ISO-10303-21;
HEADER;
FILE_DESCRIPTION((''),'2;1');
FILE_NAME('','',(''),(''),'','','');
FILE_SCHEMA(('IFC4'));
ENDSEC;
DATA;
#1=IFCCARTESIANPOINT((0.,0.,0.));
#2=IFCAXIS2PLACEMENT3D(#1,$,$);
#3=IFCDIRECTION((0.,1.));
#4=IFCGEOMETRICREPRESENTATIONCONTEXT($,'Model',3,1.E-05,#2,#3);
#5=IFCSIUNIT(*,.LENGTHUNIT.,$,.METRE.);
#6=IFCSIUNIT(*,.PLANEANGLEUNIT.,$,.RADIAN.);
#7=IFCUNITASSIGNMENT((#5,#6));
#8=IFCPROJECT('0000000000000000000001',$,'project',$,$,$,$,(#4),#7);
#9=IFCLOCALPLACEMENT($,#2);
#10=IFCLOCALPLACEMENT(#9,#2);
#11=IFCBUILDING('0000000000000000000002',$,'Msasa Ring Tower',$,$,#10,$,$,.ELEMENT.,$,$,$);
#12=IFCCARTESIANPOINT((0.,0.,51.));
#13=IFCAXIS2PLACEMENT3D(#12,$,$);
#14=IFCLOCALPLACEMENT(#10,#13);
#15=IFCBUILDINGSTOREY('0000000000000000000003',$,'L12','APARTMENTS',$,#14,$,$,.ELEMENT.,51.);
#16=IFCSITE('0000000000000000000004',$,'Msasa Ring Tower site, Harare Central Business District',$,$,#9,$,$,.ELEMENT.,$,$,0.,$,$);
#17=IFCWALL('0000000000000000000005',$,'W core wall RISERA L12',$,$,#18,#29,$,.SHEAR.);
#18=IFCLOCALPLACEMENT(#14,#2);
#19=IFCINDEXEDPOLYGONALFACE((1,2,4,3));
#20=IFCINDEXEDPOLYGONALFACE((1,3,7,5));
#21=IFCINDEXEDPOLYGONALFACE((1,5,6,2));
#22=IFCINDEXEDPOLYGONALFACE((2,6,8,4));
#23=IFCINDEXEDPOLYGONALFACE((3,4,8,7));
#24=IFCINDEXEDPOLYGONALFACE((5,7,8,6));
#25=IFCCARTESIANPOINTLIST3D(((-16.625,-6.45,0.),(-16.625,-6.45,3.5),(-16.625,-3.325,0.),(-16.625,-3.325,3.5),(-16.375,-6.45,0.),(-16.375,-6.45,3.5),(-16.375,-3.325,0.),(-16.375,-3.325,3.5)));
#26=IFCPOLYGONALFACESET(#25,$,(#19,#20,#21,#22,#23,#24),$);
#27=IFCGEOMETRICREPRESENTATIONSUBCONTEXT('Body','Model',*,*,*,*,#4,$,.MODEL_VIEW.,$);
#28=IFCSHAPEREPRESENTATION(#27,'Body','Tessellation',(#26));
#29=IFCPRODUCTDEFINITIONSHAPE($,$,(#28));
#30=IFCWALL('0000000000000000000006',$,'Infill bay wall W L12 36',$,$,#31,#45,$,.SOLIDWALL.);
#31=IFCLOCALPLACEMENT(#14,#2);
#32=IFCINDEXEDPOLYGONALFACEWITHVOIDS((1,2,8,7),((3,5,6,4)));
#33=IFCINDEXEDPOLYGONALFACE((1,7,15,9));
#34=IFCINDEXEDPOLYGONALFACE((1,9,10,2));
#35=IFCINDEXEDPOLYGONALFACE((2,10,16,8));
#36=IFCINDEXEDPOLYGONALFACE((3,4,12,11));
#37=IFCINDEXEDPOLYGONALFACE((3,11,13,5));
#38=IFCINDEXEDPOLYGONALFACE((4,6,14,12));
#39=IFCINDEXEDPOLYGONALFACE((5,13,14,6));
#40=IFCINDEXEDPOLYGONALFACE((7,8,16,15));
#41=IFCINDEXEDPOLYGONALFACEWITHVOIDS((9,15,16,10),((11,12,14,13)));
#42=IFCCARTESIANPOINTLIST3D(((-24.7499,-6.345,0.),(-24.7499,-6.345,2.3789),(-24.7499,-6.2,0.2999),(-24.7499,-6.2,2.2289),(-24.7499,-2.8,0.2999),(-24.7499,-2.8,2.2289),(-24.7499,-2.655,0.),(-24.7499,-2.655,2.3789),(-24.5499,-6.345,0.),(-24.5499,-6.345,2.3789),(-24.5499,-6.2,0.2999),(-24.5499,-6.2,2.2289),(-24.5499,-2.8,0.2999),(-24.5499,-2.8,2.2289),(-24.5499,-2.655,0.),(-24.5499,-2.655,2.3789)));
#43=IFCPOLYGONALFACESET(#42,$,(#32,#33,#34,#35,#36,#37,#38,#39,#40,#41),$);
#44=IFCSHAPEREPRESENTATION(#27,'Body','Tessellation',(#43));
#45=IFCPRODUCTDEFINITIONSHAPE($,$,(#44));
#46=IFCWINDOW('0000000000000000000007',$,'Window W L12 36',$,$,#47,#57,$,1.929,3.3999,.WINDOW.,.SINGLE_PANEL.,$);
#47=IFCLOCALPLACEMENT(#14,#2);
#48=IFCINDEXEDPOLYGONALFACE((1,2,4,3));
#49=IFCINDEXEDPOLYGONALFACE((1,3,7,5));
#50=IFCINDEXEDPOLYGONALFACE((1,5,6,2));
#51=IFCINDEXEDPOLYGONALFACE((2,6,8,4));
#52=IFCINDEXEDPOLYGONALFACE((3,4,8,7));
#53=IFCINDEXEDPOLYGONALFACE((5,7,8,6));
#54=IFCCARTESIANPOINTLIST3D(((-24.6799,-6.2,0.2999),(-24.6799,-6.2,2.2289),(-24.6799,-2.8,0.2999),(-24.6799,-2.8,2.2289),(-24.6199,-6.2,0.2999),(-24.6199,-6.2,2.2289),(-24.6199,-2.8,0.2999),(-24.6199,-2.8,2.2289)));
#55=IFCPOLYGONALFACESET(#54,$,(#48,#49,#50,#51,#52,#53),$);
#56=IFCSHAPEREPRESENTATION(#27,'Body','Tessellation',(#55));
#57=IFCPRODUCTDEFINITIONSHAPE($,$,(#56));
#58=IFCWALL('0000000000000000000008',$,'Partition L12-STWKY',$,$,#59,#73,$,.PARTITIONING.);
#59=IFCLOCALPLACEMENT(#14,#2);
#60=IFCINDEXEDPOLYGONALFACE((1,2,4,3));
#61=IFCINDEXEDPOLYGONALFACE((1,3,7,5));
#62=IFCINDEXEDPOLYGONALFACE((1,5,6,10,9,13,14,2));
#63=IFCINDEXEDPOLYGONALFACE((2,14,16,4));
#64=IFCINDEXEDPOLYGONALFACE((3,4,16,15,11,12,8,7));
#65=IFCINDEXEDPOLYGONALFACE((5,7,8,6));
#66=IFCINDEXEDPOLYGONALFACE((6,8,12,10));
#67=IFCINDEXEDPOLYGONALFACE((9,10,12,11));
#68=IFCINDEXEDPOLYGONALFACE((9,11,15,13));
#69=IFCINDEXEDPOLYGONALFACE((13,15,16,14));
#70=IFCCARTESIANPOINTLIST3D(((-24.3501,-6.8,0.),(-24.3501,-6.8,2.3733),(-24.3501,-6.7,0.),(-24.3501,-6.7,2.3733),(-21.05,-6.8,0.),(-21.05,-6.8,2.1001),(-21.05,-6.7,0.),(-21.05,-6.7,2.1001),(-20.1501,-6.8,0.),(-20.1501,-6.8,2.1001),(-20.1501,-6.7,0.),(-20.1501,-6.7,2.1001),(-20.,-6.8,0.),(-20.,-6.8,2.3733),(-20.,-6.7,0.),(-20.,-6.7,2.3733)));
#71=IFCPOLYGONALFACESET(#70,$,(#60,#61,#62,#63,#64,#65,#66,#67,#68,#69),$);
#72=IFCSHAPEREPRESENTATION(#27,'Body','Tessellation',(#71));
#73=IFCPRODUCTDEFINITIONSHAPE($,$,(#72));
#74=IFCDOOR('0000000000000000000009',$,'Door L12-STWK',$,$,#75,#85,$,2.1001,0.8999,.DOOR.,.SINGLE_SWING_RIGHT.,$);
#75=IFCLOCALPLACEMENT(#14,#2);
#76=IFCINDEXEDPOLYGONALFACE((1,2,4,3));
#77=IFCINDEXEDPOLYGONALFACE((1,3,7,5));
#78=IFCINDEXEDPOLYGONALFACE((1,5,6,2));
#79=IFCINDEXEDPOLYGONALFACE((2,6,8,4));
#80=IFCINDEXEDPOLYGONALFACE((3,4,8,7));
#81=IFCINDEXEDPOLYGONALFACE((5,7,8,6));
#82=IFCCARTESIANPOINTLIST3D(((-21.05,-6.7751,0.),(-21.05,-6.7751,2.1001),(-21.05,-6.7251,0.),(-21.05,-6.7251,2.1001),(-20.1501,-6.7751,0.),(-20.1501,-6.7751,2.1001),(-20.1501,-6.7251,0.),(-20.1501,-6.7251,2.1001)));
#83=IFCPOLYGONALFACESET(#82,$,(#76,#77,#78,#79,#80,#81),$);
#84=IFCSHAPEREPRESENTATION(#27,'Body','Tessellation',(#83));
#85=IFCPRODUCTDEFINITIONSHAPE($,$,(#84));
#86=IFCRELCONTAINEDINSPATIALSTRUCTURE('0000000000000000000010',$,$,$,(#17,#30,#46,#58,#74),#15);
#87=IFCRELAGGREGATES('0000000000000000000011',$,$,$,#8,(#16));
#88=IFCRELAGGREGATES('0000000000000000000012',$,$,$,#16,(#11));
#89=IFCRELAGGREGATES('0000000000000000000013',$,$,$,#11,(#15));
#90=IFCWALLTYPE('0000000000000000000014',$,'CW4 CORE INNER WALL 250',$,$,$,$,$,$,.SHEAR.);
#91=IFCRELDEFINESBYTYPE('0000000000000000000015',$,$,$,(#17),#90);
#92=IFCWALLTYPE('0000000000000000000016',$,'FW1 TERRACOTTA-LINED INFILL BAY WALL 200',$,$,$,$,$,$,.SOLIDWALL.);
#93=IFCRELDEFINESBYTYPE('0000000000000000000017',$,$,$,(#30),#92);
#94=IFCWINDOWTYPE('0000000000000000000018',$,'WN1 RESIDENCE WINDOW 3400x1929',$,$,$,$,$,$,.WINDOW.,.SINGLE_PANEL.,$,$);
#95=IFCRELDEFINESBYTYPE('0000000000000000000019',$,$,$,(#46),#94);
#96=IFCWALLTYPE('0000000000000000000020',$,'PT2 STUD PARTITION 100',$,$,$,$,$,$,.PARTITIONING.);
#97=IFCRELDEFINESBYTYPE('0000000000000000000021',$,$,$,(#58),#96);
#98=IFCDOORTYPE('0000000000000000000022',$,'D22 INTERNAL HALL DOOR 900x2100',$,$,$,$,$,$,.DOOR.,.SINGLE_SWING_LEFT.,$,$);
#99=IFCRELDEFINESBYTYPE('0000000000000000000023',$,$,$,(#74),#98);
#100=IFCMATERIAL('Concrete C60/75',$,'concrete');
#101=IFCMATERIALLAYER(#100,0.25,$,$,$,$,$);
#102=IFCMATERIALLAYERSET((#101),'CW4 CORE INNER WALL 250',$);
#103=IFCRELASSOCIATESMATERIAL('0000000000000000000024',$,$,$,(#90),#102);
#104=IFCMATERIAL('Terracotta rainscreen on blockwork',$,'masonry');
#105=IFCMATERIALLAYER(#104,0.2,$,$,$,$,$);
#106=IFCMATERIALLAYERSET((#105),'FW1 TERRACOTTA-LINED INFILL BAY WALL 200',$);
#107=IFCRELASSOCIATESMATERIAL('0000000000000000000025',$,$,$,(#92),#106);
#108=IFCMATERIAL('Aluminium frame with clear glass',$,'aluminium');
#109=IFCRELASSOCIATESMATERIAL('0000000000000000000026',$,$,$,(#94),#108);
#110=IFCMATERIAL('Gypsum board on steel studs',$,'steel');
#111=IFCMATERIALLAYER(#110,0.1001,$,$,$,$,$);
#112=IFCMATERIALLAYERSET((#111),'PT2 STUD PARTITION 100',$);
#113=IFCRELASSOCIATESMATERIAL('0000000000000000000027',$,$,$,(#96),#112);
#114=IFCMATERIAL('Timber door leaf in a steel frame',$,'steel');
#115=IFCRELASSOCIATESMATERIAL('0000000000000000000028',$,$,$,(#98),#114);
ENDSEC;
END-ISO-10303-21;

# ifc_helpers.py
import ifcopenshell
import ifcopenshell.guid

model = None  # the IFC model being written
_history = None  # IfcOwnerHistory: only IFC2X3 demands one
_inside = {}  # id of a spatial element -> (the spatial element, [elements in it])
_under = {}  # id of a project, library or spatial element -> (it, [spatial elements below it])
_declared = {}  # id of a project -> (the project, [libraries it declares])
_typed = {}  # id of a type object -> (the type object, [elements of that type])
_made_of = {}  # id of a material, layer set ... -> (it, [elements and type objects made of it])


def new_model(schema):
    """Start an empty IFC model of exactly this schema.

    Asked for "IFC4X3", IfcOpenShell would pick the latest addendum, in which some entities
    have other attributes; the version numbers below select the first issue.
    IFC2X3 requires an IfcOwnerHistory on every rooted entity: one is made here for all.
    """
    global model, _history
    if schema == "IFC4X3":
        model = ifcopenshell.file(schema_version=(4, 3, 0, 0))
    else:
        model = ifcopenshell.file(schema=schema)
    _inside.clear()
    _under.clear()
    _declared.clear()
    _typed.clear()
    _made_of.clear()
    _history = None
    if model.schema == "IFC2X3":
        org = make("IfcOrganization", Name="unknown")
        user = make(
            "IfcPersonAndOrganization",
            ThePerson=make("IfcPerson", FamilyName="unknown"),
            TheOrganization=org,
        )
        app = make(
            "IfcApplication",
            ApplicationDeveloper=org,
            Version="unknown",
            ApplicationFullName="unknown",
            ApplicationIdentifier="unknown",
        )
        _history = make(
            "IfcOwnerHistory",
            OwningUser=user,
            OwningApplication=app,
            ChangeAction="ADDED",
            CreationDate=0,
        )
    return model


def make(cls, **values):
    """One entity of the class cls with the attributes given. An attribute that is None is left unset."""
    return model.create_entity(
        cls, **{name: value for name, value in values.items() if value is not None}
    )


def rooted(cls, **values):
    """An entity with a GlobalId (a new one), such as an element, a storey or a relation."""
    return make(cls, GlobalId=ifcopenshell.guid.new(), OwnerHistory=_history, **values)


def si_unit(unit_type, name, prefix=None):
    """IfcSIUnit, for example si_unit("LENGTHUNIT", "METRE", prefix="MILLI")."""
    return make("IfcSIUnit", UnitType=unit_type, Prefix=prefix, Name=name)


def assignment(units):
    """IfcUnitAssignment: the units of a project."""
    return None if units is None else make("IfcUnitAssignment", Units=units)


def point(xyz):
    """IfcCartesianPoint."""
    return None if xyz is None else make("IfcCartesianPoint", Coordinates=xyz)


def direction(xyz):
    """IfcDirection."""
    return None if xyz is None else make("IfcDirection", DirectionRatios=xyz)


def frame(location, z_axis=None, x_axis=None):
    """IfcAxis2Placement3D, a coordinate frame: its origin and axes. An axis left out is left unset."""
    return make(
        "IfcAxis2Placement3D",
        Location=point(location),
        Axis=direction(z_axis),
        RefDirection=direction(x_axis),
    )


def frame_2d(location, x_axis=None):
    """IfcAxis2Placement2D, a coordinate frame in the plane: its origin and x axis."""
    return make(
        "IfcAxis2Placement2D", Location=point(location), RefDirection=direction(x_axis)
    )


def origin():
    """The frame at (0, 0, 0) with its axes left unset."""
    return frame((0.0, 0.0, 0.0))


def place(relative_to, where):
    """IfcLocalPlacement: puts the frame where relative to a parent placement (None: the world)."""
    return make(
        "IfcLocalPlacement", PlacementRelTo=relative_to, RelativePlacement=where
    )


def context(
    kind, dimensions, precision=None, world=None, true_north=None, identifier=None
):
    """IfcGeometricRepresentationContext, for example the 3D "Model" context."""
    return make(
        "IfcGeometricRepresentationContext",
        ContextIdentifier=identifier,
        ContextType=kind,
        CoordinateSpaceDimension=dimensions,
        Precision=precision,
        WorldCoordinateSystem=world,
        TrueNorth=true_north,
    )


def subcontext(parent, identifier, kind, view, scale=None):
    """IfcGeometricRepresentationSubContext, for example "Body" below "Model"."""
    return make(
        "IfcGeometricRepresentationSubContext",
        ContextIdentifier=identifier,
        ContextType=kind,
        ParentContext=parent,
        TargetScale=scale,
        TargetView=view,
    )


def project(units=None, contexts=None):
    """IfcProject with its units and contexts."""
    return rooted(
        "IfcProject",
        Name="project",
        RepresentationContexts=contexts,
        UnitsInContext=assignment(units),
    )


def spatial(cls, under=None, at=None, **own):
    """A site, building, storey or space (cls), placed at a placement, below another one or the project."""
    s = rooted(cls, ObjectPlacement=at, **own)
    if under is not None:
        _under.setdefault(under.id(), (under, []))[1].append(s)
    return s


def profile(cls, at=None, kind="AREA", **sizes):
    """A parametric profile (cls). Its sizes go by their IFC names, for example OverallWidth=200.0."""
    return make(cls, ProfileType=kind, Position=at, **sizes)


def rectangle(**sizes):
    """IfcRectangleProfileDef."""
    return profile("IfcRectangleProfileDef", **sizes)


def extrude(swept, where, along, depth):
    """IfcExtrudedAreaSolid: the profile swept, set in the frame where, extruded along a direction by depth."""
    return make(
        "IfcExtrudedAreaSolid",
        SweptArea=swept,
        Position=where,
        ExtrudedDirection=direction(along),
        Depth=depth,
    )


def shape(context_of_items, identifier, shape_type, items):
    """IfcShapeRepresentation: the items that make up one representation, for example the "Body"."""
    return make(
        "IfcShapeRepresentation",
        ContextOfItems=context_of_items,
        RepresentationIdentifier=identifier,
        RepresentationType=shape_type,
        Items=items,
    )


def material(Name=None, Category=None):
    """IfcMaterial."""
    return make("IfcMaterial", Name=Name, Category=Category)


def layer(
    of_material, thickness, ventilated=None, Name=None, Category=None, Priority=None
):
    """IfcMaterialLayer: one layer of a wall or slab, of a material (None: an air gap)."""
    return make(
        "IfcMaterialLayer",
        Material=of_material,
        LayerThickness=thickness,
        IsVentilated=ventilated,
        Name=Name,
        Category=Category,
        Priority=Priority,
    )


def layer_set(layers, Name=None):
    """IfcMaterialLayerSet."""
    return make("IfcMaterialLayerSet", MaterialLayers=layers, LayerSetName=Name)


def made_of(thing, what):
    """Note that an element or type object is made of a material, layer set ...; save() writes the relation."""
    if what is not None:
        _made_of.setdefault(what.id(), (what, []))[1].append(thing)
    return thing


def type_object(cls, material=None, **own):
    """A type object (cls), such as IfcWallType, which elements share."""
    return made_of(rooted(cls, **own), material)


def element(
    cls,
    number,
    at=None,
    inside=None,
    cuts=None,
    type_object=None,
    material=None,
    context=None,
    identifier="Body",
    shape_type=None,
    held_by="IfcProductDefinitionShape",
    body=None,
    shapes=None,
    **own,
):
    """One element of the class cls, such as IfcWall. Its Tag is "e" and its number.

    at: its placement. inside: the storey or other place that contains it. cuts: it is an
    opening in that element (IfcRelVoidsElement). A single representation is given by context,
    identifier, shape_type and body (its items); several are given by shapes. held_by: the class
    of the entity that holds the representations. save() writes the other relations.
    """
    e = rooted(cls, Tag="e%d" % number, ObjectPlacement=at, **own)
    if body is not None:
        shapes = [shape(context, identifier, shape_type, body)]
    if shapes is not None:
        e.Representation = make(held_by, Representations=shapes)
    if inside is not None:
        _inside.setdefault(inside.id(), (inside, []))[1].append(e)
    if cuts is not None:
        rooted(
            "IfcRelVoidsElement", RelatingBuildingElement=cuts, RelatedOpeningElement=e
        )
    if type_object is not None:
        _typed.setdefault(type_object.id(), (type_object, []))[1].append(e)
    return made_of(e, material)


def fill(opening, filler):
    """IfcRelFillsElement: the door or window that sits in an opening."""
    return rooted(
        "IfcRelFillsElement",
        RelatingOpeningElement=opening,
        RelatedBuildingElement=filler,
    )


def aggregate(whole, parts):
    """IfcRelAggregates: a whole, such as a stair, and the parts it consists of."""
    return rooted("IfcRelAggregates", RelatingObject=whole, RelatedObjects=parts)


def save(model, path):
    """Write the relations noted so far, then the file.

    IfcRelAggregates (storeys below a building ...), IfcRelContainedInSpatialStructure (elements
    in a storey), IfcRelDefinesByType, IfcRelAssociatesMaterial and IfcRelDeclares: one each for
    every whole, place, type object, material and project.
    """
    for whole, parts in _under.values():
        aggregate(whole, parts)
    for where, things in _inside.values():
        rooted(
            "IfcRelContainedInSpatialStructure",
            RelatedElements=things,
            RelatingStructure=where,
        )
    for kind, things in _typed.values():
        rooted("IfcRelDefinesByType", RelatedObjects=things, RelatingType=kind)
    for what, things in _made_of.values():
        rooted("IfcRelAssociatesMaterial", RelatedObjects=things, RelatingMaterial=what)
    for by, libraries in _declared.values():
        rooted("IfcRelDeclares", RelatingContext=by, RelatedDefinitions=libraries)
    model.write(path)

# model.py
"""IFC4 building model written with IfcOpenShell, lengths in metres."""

from ifc_helpers import new_model, si_unit, direction, frame, frame_2d, origin, place, context, subcontext, project, spatial, rectangle, extrude, material, layer, layer_set, type_object, element, fill, save


model = new_model("IFC4")

# Units and contexts
model_context = context("Model", 3, precision=1e-05, world=origin(), true_north=direction((0.0, 1.0)))
body_context = subcontext(model_context, "Body", "Model", "MODEL_VIEW")
ifc_project = project(units=[si_unit("LENGTHUNIT", "METRE"), si_unit("PLANEANGLEUNIT", "RADIAN")], contexts=[model_context])

# Site, building, storey
site_placement = place(None, origin())
site = spatial("IfcSite", under=ifc_project, at=site_placement, Name="Msasa Ring Tower site, Harare Central Business District", CompositionType="ELEMENT", RefElevation=0.0)
building_placement = place(site_placement, origin())
building = spatial("IfcBuilding", under=site, at=building_placement, Name="Msasa Ring Tower", CompositionType="ELEMENT")
storey_placement = place(building_placement, frame((0.0, 0.0, 51.0)))
storey = spatial("IfcBuildingStorey", under=building, at=storey_placement, Name="L12", Description="APARTMENTS", CompositionType="ELEMENT", Elevation=51.0)

# Wall
ifc_material_1 = material(Name="Concrete C60/75", Category="concrete")
ifc_layer_1 = layer(ifc_material_1, 0.25)
ifc_layer_set_1 = layer_set([ifc_layer_1], Name="CW4 CORE INNER WALL 250")
wall_type_1 = type_object("IfcWallType", Name="CW4 CORE INNER WALL 250", PredefinedType="SHEAR", material=ifc_layer_set_1)
wall_1_placement = place(storey_placement, frame((-16.5, -6.45, 0.0), z_axis=(0.0, 0.0, 1.0), x_axis=(0.0, 1.0, 0.0)))
element("IfcWall", 1, at=wall_1_placement, inside=storey, type_object=wall_type_1, Name="W core wall RISERA L12", PredefinedType="SHEAR", context=body_context, shape_type="SweptSolid", body=[
    extrude(rectangle(XDim=3.125, YDim=0.25, at=frame_2d((1.5625, 0.0))), origin(), (0.0, 0.0, 1.0), 3.5),
])

# Wall, opening, window
ifc_material_2 = material(Name="Terracotta rainscreen on blockwork", Category="masonry")
ifc_layer_2 = layer(ifc_material_2, 0.2)
ifc_layer_set_2 = layer_set([ifc_layer_2], Name="FW1 TERRACOTTA-LINED INFILL BAY WALL 200")
wall_type_2 = type_object("IfcWallType", Name="FW1 TERRACOTTA-LINED INFILL BAY WALL 200", PredefinedType="SOLIDWALL", material=ifc_layer_set_2)
wall_2_placement = place(storey_placement, frame((-24.6499, -6.345, 0.0), z_axis=(0.0, 0.0, 1.0), x_axis=(0.0, 1.0, 0.0)))
wall_2 = element("IfcWall", 2, at=wall_2_placement, inside=storey, type_object=wall_type_2, Name="Infill bay wall W L12 36", PredefinedType="SOLIDWALL", context=body_context, shape_type="SweptSolid", body=[
    extrude(rectangle(XDim=3.6899, YDim=0.2, at=frame_2d((1.845, 0.0))), origin(), (0.0, 0.0, 1.0), 2.3789),
])
opening_1_placement = place(wall_2_placement, frame((0.145, 0.0, 0.3)))
opening_1 = element("IfcOpeningElement", 3, at=opening_1_placement, cuts=wall_2, PredefinedType="OPENING", context=body_context, shape_type="SweptSolid", body=[
    extrude(rectangle(XDim=3.3999, YDim=1.929, at=frame_2d((1.7, 0.9644))), frame((0.0, 0.1099, 0.0), z_axis=(0.0, -1.0, 0.0), x_axis=(1.0, 0.0, 0.0)), (0.0, 0.0, 1.0), 0.22),
])
ifc_material_3 = material(Name="Aluminium frame with clear glass", Category="aluminium")
window_type = type_object("IfcWindowType", Name="WN1 RESIDENCE WINDOW 3400x1929", PartitioningType="SINGLE_PANEL", PredefinedType="WINDOW", material=ifc_material_3)
window_placement = place(opening_1_placement, origin())
window = element("IfcWindow", 4, at=window_placement, inside=storey, type_object=window_type, Name="Window W L12 36", OverallHeight=1.929, OverallWidth=3.3999, PartitioningType="SINGLE_PANEL", PredefinedType="WINDOW", context=body_context, shape_type="SweptSolid", body=[
    extrude(rectangle(XDim=3.3999, YDim=1.929, at=frame_2d((1.7, 0.9644))), frame((0.0, 0.03, 0.0), z_axis=(0.0, -1.0, 0.0), x_axis=(1.0, 0.0, 0.0)), (0.0, 0.0, 1.0), 0.0601),
])
fill(opening_1, window)

# Wall, opening, door
ifc_material_4 = material(Name="Gypsum board on steel studs", Category="steel")
ifc_layer_3 = layer(ifc_material_4, 0.1001)
ifc_layer_set_3 = layer_set([ifc_layer_3], Name="PT2 STUD PARTITION 100")
wall_type_3 = type_object("IfcWallType", Name="PT2 STUD PARTITION 100", PredefinedType="PARTITIONING", material=ifc_layer_set_3)
wall_3_placement = place(storey_placement, frame((-24.3501, -6.75, 0.0), z_axis=(0.0, 0.0, 1.0), x_axis=(1.0, 0.0, 0.0)))
wall_3 = element("IfcWall", 5, at=wall_3_placement, inside=storey, type_object=wall_type_3, Name="Partition L12-STWKY", PredefinedType="PARTITIONING", context=body_context, shape_type="SweptSolid", body=[
    extrude(rectangle(XDim=4.3501, YDim=0.1001, at=frame_2d((2.175, 0.0))), origin(), (0.0, 0.0, 1.0), 2.3733),
])
opening_2_placement = place(wall_3_placement, frame((3.3, 0.0, 0.0)))
opening_2 = element("IfcOpeningElement", 6, at=opening_2_placement, cuts=wall_3, PredefinedType="OPENING", context=body_context, shape_type="SweptSolid", body=[
    extrude(rectangle(XDim=0.8999, YDim=2.1001, at=frame_2d((0.45, 1.05))), frame((0.0, 0.0601, 0.0), z_axis=(0.0, -1.0, 0.0), x_axis=(1.0, 0.0, 0.0)), (0.0, 0.0, 1.0), 0.1201),
])
ifc_material_5 = material(Name="Timber door leaf in a steel frame", Category="steel")
door_type = type_object("IfcDoorType", Name="D22 INTERNAL HALL DOOR 900x2100", OperationType="SINGLE_SWING_LEFT", PredefinedType="DOOR", material=ifc_material_5)
door_placement = place(opening_2_placement, origin())
door = element("IfcDoor", 7, at=door_placement, inside=storey, type_object=door_type, Name="Door L12-STWK", OperationType="SINGLE_SWING_RIGHT", OverallHeight=2.1001, OverallWidth=0.8999, PredefinedType="DOOR", context=body_context, shape_type="SweptSolid", body=[
    extrude(rectangle(XDim=0.8999, YDim=2.1001, at=frame_2d((0.45, 1.05))), frame((0.0, 0.0249, 0.0), z_axis=(0.0, -1.0, 0.0), x_axis=(1.0, 0.0, 0.0)), (0.0, 0.0, 1.0), 0.05),
])
fill(opening_2, door)

save(model, "model.ifc")
